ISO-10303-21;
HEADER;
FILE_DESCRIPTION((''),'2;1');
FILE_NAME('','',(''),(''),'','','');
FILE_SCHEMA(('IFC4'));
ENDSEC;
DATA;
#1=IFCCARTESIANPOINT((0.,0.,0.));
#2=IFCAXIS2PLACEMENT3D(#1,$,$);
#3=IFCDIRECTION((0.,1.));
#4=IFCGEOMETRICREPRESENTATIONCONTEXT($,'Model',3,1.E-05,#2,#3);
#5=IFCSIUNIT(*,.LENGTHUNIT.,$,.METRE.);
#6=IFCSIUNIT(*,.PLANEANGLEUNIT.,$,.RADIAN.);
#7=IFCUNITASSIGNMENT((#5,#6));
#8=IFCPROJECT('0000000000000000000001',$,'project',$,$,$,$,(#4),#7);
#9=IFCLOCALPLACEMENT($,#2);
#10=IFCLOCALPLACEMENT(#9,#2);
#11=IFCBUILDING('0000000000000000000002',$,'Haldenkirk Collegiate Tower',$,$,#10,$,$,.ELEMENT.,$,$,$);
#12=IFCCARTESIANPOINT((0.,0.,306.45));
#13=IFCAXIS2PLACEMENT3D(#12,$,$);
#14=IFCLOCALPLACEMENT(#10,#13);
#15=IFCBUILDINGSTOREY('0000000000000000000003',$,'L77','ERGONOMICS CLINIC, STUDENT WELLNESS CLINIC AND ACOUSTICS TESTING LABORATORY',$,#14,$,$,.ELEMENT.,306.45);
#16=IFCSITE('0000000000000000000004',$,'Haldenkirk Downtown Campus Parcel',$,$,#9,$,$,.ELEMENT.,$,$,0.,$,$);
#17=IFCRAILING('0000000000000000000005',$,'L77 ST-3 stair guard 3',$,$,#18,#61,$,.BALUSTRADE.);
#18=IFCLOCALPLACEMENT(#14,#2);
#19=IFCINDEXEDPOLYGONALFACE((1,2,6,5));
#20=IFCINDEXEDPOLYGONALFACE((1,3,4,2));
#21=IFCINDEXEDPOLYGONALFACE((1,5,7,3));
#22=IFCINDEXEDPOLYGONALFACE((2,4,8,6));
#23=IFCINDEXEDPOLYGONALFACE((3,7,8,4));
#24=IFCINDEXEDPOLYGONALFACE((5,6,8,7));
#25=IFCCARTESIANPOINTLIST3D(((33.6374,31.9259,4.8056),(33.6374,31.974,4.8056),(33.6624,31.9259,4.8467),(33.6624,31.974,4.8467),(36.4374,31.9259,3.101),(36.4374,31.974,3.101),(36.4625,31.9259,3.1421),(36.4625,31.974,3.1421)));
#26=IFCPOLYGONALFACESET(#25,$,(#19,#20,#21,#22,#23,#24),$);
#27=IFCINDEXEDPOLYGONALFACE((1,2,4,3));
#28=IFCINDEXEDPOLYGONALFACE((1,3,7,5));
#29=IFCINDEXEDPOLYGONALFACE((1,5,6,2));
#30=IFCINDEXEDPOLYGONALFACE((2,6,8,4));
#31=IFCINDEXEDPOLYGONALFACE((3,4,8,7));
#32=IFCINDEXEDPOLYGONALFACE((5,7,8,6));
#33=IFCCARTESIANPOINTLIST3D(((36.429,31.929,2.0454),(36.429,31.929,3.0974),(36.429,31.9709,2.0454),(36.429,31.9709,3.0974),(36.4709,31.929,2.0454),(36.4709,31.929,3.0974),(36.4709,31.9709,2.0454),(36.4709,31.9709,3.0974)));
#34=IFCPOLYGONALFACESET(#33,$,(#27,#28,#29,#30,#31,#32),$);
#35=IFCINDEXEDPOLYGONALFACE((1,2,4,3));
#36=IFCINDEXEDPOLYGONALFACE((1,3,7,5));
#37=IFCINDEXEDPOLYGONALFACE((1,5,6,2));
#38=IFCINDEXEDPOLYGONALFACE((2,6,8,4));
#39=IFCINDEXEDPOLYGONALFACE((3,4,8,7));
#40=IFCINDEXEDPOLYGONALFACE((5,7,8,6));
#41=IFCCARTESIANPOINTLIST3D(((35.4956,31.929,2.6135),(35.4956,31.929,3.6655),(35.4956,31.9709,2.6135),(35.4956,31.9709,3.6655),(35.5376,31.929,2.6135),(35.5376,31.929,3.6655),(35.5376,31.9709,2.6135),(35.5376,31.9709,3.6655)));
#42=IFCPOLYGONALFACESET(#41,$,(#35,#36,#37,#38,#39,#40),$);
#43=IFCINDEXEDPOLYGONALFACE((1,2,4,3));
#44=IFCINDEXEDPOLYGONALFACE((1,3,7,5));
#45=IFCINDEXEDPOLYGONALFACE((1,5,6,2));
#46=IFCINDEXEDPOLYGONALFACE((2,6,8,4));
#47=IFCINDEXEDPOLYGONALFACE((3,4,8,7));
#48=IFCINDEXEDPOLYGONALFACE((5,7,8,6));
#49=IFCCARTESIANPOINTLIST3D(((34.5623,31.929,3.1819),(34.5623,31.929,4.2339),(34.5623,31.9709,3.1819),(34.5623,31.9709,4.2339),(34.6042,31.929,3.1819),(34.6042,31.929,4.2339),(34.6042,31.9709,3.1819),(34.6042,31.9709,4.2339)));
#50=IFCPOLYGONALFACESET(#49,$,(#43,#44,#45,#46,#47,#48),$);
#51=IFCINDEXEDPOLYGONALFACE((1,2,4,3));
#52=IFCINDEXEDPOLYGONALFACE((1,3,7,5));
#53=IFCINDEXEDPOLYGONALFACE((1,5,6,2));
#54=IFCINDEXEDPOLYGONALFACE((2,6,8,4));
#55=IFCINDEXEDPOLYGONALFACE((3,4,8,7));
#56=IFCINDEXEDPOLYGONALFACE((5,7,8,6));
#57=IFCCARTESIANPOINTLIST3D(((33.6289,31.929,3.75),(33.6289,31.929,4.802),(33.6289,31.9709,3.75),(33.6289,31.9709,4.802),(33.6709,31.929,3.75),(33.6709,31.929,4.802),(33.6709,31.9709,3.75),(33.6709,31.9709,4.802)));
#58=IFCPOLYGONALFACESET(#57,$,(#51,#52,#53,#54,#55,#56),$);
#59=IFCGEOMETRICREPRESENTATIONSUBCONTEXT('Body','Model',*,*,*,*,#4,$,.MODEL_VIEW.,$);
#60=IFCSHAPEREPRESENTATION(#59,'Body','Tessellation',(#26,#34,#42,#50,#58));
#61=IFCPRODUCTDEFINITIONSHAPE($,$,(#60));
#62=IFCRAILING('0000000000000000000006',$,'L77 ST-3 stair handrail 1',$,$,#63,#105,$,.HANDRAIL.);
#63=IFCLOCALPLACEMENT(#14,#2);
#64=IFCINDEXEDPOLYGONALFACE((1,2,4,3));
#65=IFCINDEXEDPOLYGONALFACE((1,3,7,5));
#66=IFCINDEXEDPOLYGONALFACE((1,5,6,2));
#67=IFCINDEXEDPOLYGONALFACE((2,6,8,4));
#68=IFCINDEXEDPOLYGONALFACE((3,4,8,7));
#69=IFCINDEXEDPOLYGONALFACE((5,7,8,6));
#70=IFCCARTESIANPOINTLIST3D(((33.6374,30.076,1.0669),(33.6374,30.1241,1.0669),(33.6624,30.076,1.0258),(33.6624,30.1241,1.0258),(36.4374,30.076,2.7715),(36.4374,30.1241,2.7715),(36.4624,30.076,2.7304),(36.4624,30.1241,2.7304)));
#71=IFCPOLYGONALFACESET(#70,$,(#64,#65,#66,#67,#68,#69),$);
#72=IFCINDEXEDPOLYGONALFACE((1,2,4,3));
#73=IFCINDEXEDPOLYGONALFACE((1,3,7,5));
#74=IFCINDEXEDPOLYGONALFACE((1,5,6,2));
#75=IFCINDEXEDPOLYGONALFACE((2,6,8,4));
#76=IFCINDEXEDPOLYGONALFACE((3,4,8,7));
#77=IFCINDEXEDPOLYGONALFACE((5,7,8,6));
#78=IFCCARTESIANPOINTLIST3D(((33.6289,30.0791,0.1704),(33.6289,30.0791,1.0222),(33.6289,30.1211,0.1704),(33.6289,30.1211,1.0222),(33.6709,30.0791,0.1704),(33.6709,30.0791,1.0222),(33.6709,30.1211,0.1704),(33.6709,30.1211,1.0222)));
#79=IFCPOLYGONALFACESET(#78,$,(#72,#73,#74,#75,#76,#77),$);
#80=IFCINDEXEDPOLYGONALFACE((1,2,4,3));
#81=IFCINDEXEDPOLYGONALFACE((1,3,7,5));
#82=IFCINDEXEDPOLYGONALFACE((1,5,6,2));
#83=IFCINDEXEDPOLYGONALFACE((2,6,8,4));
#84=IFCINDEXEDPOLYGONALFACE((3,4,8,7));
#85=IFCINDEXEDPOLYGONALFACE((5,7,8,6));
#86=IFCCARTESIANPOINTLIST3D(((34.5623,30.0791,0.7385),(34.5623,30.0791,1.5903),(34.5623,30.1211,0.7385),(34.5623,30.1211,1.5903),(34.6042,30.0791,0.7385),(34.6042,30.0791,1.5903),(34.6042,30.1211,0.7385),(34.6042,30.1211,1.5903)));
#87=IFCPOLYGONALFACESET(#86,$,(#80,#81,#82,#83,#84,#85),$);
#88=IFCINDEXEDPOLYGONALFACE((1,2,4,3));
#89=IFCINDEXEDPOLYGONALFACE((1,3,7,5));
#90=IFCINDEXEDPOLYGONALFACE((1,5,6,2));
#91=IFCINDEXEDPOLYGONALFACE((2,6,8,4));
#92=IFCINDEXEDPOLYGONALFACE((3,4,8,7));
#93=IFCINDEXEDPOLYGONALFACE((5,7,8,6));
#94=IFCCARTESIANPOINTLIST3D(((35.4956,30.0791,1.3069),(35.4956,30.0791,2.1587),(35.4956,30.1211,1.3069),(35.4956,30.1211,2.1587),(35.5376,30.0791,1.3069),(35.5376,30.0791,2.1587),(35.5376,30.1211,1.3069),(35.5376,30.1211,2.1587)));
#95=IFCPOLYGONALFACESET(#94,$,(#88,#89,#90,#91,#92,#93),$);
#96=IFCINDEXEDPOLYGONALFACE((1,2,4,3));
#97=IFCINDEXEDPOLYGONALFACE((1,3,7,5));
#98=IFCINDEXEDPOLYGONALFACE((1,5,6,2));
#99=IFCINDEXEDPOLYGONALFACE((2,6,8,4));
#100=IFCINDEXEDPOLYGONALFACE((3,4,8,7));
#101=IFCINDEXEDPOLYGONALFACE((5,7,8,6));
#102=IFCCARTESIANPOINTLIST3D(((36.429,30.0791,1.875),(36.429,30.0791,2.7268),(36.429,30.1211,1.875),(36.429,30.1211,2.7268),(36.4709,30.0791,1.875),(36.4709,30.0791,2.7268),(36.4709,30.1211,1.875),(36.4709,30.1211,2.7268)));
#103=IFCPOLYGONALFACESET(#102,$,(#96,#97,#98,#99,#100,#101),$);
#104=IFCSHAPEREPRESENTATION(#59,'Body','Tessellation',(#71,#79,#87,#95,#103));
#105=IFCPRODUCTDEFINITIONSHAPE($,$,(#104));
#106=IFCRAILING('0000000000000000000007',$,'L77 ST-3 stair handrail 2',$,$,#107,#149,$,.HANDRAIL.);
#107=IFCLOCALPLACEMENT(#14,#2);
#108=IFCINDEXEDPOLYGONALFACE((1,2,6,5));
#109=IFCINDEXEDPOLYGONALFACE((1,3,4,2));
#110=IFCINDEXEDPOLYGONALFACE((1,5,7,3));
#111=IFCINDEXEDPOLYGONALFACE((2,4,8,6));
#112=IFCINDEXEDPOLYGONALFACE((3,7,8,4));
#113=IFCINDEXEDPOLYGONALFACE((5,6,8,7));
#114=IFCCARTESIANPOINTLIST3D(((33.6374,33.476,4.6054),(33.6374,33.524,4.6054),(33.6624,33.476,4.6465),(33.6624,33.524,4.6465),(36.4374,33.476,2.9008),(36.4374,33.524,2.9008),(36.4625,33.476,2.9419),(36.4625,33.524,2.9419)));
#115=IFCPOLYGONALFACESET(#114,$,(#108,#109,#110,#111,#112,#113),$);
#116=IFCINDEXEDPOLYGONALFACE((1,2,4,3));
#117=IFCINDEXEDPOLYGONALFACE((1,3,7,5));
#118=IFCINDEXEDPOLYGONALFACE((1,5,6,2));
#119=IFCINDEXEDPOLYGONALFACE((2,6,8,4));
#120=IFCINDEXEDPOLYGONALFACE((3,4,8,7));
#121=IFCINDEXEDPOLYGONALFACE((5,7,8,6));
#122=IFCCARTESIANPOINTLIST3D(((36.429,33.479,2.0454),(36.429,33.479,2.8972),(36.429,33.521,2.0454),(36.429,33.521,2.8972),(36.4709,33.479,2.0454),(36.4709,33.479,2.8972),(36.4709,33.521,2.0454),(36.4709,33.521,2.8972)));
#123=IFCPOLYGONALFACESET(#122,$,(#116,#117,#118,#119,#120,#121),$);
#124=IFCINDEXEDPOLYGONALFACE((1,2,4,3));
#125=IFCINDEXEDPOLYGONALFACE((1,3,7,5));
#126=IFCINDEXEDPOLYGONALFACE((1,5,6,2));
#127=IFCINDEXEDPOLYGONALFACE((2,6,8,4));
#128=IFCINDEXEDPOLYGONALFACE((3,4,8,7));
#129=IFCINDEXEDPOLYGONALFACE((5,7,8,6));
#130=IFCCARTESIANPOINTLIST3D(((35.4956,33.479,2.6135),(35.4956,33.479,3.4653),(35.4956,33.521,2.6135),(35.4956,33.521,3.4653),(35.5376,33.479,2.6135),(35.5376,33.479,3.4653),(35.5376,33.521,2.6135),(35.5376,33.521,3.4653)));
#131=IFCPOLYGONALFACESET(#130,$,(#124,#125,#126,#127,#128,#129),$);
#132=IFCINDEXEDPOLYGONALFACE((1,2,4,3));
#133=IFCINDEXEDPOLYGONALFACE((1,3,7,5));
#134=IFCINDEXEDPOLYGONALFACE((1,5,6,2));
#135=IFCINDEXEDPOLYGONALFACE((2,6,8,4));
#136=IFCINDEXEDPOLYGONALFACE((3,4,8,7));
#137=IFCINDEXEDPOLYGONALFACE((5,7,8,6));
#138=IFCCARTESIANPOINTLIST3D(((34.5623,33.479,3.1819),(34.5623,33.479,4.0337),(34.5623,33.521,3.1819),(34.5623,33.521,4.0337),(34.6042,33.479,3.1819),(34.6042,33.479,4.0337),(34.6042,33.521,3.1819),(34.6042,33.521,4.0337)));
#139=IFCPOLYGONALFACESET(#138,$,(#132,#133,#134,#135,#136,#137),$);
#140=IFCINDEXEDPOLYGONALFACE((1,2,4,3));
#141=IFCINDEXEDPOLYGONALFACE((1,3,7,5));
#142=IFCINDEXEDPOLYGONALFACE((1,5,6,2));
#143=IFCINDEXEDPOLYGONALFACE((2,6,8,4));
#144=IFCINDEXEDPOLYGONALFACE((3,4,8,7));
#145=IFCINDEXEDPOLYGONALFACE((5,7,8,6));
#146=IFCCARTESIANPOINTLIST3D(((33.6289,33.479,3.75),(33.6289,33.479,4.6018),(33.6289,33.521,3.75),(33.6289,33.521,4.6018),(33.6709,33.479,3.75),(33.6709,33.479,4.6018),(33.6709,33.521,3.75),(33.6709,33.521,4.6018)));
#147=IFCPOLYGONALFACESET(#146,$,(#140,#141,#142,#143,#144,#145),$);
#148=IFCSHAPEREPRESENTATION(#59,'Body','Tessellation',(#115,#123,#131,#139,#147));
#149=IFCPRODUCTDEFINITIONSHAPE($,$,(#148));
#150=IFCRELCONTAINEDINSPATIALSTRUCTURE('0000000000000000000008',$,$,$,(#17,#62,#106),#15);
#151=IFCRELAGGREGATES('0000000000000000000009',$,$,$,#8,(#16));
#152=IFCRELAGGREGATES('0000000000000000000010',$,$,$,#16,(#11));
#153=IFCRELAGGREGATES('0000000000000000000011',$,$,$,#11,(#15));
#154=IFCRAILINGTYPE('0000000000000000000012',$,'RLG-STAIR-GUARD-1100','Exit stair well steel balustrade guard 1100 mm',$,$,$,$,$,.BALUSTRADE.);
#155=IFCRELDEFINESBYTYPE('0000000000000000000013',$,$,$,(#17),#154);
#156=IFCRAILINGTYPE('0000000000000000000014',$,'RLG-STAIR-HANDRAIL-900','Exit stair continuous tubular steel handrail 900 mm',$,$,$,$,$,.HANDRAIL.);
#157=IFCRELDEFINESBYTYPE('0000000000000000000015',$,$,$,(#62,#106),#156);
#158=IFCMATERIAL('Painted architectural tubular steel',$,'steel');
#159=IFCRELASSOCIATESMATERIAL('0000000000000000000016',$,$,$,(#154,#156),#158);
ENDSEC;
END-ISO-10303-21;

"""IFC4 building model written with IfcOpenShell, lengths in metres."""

from ifc_helpers import new_model, si_unit, direction, frame, origin, origin_2d, place, context, subcontext, project, spatial, rectangle, extrude, material, type_object, element, save


model = new_model("IFC4")

# Units and contexts
model_context = context("Model", 3, precision=1e-05, world=origin(), true_north=direction((0.0, 1.0)))
body_context = subcontext(model_context, "Body", "Model", "MODEL_VIEW")
ifc_project = project(units=[si_unit("LENGTHUNIT", "METRE"), si_unit("PLANEANGLEUNIT", "RADIAN")], contexts=[model_context])

# Site, building, storey
site_placement = place(None, origin())
site = spatial("IfcSite", under=ifc_project, at=site_placement, Name="Haldenkirk Downtown Campus Parcel", CompositionType="ELEMENT", RefElevation=0.0)
building_placement = place(site_placement, origin())
building = spatial("IfcBuilding", under=site, at=building_placement, Name="Haldenkirk Collegiate Tower", CompositionType="ELEMENT")
storey_placement = place(building_placement, frame((0.0, 0.0, 306.45)))
storey = spatial("IfcBuildingStorey", under=building, at=storey_placement, Name="L77", Description="ERGONOMICS CLINIC, STUDENT WELLNESS CLINIC AND ACOUSTICS TESTING LABORATORY", CompositionType="ELEMENT", Elevation=306.45)

# Railings
ifc_material_1 = material(Name="Painted architectural tubular steel", Category="steel")
railing_type_1 = type_object("IfcRailingType", Name="RLG-STAIR-GUARD-1100", Description="Exit stair well steel balustrade guard 1100 mm", PredefinedType="BALUSTRADE", material=ifc_material_1)
railing_1_placement = place(storey_placement, frame((36.45, 31.95, 2.0454)))
element("IfcRailing", 1, at=railing_1_placement, inside=storey, type_object=railing_type_1, Name="L77 ST-3 stair guard 3", PredefinedType="BALUSTRADE", context=body_context, shape_type="SweptSolid", body=[
    extrude(rectangle(XDim=0.0481, YDim=0.0481, at=origin_2d()), frame((0.0, 0.0, 1.0762), z_axis=(-0.85417, 0.0, 0.519994), x_axis=(0.0, -1.0, 0.0)), (0.0, 0.0, 1.0), 3.2781),
    extrude(rectangle(XDim=0.042, YDim=0.042, at=origin_2d()), origin(), (0.0, 0.0, 1.0), 1.052),
    extrude(rectangle(XDim=0.042, YDim=0.042, at=origin_2d()), frame((-0.9333, 0.0, 0.5681)), (0.0, 0.0, 1.0), 1.052),
    extrude(rectangle(XDim=0.042, YDim=0.042, at=origin_2d()), frame((-1.8667, 0.0, 1.1365)), (0.0, 0.0, 1.0), 1.052),
    extrude(rectangle(XDim=0.042, YDim=0.042, at=origin_2d()), frame((-2.8, 0.0, 1.7046)), (0.0, 0.0, 1.0), 1.052),
])
railing_type_2 = type_object("IfcRailingType", Name="RLG-STAIR-HANDRAIL-900", Description="Exit stair continuous tubular steel handrail 900 mm", PredefinedType="HANDRAIL", material=ifc_material_1)
railing_2_placement = place(storey_placement, frame((33.6499, 30.1001, 0.1704)))
element("IfcRailing", 2, at=railing_2_placement, inside=storey, type_object=railing_type_2, Name="L77 ST-3 stair handrail 1", PredefinedType="HANDRAIL", context=body_context, shape_type="SweptSolid", body=[
    extrude(rectangle(XDim=0.0481, YDim=0.0481, at=origin_2d()), frame((0.0, 0.0, 0.876), z_axis=(0.85417, 0.0, 0.519994), x_axis=(0.0, 1.0, 0.0)), (0.0, 0.0, 1.0), 3.2781),
    extrude(rectangle(XDim=0.042, YDim=0.042, at=origin_2d()), origin(), (0.0, 0.0, 1.0), 0.8518),
    extrude(rectangle(XDim=0.042, YDim=0.042, at=origin_2d()), frame((0.9333, 0.0, 0.5681)), (0.0, 0.0, 1.0), 0.8518),
    extrude(rectangle(XDim=0.042, YDim=0.042, at=origin_2d()), frame((1.8667, 0.0, 1.1365)), (0.0, 0.0, 1.0), 0.8518),
    extrude(rectangle(XDim=0.042, YDim=0.042, at=origin_2d()), frame((2.8, 0.0, 1.7046)), (0.0, 0.0, 1.0), 0.8518),
])
railing_3_placement = place(storey_placement, frame((36.45, 33.5, 2.0454)))
element("IfcRailing", 3, at=railing_3_placement, inside=storey, type_object=railing_type_2, Name="L77 ST-3 stair handrail 2", PredefinedType="HANDRAIL", context=body_context, shape_type="SweptSolid", body=[
    extrude(rectangle(XDim=0.0481, YDim=0.0481, at=origin_2d()), frame((0.0, 0.0, 0.876), z_axis=(-0.85417, 0.0, 0.519994), x_axis=(0.0, -1.0, 0.0)), (0.0, 0.0, 1.0), 3.2781),
    extrude(rectangle(XDim=0.042, YDim=0.042, at=origin_2d()), origin(), (0.0, 0.0, 1.0), 0.8518),
    extrude(rectangle(XDim=0.042, YDim=0.042, at=origin_2d()), frame((-0.9333, 0.0, 0.5681)), (0.0, 0.0, 1.0), 0.8518),
    extrude(rectangle(XDim=0.042, YDim=0.042, at=origin_2d()), frame((-1.8667, 0.0, 1.1365)), (0.0, 0.0, 1.0), 0.8518),
    extrude(rectangle(XDim=0.042, YDim=0.042, at=origin_2d()), frame((-2.8, 0.0, 1.7046)), (0.0, 0.0, 1.0), 0.8518),
])

save(model, "model.ifc")
